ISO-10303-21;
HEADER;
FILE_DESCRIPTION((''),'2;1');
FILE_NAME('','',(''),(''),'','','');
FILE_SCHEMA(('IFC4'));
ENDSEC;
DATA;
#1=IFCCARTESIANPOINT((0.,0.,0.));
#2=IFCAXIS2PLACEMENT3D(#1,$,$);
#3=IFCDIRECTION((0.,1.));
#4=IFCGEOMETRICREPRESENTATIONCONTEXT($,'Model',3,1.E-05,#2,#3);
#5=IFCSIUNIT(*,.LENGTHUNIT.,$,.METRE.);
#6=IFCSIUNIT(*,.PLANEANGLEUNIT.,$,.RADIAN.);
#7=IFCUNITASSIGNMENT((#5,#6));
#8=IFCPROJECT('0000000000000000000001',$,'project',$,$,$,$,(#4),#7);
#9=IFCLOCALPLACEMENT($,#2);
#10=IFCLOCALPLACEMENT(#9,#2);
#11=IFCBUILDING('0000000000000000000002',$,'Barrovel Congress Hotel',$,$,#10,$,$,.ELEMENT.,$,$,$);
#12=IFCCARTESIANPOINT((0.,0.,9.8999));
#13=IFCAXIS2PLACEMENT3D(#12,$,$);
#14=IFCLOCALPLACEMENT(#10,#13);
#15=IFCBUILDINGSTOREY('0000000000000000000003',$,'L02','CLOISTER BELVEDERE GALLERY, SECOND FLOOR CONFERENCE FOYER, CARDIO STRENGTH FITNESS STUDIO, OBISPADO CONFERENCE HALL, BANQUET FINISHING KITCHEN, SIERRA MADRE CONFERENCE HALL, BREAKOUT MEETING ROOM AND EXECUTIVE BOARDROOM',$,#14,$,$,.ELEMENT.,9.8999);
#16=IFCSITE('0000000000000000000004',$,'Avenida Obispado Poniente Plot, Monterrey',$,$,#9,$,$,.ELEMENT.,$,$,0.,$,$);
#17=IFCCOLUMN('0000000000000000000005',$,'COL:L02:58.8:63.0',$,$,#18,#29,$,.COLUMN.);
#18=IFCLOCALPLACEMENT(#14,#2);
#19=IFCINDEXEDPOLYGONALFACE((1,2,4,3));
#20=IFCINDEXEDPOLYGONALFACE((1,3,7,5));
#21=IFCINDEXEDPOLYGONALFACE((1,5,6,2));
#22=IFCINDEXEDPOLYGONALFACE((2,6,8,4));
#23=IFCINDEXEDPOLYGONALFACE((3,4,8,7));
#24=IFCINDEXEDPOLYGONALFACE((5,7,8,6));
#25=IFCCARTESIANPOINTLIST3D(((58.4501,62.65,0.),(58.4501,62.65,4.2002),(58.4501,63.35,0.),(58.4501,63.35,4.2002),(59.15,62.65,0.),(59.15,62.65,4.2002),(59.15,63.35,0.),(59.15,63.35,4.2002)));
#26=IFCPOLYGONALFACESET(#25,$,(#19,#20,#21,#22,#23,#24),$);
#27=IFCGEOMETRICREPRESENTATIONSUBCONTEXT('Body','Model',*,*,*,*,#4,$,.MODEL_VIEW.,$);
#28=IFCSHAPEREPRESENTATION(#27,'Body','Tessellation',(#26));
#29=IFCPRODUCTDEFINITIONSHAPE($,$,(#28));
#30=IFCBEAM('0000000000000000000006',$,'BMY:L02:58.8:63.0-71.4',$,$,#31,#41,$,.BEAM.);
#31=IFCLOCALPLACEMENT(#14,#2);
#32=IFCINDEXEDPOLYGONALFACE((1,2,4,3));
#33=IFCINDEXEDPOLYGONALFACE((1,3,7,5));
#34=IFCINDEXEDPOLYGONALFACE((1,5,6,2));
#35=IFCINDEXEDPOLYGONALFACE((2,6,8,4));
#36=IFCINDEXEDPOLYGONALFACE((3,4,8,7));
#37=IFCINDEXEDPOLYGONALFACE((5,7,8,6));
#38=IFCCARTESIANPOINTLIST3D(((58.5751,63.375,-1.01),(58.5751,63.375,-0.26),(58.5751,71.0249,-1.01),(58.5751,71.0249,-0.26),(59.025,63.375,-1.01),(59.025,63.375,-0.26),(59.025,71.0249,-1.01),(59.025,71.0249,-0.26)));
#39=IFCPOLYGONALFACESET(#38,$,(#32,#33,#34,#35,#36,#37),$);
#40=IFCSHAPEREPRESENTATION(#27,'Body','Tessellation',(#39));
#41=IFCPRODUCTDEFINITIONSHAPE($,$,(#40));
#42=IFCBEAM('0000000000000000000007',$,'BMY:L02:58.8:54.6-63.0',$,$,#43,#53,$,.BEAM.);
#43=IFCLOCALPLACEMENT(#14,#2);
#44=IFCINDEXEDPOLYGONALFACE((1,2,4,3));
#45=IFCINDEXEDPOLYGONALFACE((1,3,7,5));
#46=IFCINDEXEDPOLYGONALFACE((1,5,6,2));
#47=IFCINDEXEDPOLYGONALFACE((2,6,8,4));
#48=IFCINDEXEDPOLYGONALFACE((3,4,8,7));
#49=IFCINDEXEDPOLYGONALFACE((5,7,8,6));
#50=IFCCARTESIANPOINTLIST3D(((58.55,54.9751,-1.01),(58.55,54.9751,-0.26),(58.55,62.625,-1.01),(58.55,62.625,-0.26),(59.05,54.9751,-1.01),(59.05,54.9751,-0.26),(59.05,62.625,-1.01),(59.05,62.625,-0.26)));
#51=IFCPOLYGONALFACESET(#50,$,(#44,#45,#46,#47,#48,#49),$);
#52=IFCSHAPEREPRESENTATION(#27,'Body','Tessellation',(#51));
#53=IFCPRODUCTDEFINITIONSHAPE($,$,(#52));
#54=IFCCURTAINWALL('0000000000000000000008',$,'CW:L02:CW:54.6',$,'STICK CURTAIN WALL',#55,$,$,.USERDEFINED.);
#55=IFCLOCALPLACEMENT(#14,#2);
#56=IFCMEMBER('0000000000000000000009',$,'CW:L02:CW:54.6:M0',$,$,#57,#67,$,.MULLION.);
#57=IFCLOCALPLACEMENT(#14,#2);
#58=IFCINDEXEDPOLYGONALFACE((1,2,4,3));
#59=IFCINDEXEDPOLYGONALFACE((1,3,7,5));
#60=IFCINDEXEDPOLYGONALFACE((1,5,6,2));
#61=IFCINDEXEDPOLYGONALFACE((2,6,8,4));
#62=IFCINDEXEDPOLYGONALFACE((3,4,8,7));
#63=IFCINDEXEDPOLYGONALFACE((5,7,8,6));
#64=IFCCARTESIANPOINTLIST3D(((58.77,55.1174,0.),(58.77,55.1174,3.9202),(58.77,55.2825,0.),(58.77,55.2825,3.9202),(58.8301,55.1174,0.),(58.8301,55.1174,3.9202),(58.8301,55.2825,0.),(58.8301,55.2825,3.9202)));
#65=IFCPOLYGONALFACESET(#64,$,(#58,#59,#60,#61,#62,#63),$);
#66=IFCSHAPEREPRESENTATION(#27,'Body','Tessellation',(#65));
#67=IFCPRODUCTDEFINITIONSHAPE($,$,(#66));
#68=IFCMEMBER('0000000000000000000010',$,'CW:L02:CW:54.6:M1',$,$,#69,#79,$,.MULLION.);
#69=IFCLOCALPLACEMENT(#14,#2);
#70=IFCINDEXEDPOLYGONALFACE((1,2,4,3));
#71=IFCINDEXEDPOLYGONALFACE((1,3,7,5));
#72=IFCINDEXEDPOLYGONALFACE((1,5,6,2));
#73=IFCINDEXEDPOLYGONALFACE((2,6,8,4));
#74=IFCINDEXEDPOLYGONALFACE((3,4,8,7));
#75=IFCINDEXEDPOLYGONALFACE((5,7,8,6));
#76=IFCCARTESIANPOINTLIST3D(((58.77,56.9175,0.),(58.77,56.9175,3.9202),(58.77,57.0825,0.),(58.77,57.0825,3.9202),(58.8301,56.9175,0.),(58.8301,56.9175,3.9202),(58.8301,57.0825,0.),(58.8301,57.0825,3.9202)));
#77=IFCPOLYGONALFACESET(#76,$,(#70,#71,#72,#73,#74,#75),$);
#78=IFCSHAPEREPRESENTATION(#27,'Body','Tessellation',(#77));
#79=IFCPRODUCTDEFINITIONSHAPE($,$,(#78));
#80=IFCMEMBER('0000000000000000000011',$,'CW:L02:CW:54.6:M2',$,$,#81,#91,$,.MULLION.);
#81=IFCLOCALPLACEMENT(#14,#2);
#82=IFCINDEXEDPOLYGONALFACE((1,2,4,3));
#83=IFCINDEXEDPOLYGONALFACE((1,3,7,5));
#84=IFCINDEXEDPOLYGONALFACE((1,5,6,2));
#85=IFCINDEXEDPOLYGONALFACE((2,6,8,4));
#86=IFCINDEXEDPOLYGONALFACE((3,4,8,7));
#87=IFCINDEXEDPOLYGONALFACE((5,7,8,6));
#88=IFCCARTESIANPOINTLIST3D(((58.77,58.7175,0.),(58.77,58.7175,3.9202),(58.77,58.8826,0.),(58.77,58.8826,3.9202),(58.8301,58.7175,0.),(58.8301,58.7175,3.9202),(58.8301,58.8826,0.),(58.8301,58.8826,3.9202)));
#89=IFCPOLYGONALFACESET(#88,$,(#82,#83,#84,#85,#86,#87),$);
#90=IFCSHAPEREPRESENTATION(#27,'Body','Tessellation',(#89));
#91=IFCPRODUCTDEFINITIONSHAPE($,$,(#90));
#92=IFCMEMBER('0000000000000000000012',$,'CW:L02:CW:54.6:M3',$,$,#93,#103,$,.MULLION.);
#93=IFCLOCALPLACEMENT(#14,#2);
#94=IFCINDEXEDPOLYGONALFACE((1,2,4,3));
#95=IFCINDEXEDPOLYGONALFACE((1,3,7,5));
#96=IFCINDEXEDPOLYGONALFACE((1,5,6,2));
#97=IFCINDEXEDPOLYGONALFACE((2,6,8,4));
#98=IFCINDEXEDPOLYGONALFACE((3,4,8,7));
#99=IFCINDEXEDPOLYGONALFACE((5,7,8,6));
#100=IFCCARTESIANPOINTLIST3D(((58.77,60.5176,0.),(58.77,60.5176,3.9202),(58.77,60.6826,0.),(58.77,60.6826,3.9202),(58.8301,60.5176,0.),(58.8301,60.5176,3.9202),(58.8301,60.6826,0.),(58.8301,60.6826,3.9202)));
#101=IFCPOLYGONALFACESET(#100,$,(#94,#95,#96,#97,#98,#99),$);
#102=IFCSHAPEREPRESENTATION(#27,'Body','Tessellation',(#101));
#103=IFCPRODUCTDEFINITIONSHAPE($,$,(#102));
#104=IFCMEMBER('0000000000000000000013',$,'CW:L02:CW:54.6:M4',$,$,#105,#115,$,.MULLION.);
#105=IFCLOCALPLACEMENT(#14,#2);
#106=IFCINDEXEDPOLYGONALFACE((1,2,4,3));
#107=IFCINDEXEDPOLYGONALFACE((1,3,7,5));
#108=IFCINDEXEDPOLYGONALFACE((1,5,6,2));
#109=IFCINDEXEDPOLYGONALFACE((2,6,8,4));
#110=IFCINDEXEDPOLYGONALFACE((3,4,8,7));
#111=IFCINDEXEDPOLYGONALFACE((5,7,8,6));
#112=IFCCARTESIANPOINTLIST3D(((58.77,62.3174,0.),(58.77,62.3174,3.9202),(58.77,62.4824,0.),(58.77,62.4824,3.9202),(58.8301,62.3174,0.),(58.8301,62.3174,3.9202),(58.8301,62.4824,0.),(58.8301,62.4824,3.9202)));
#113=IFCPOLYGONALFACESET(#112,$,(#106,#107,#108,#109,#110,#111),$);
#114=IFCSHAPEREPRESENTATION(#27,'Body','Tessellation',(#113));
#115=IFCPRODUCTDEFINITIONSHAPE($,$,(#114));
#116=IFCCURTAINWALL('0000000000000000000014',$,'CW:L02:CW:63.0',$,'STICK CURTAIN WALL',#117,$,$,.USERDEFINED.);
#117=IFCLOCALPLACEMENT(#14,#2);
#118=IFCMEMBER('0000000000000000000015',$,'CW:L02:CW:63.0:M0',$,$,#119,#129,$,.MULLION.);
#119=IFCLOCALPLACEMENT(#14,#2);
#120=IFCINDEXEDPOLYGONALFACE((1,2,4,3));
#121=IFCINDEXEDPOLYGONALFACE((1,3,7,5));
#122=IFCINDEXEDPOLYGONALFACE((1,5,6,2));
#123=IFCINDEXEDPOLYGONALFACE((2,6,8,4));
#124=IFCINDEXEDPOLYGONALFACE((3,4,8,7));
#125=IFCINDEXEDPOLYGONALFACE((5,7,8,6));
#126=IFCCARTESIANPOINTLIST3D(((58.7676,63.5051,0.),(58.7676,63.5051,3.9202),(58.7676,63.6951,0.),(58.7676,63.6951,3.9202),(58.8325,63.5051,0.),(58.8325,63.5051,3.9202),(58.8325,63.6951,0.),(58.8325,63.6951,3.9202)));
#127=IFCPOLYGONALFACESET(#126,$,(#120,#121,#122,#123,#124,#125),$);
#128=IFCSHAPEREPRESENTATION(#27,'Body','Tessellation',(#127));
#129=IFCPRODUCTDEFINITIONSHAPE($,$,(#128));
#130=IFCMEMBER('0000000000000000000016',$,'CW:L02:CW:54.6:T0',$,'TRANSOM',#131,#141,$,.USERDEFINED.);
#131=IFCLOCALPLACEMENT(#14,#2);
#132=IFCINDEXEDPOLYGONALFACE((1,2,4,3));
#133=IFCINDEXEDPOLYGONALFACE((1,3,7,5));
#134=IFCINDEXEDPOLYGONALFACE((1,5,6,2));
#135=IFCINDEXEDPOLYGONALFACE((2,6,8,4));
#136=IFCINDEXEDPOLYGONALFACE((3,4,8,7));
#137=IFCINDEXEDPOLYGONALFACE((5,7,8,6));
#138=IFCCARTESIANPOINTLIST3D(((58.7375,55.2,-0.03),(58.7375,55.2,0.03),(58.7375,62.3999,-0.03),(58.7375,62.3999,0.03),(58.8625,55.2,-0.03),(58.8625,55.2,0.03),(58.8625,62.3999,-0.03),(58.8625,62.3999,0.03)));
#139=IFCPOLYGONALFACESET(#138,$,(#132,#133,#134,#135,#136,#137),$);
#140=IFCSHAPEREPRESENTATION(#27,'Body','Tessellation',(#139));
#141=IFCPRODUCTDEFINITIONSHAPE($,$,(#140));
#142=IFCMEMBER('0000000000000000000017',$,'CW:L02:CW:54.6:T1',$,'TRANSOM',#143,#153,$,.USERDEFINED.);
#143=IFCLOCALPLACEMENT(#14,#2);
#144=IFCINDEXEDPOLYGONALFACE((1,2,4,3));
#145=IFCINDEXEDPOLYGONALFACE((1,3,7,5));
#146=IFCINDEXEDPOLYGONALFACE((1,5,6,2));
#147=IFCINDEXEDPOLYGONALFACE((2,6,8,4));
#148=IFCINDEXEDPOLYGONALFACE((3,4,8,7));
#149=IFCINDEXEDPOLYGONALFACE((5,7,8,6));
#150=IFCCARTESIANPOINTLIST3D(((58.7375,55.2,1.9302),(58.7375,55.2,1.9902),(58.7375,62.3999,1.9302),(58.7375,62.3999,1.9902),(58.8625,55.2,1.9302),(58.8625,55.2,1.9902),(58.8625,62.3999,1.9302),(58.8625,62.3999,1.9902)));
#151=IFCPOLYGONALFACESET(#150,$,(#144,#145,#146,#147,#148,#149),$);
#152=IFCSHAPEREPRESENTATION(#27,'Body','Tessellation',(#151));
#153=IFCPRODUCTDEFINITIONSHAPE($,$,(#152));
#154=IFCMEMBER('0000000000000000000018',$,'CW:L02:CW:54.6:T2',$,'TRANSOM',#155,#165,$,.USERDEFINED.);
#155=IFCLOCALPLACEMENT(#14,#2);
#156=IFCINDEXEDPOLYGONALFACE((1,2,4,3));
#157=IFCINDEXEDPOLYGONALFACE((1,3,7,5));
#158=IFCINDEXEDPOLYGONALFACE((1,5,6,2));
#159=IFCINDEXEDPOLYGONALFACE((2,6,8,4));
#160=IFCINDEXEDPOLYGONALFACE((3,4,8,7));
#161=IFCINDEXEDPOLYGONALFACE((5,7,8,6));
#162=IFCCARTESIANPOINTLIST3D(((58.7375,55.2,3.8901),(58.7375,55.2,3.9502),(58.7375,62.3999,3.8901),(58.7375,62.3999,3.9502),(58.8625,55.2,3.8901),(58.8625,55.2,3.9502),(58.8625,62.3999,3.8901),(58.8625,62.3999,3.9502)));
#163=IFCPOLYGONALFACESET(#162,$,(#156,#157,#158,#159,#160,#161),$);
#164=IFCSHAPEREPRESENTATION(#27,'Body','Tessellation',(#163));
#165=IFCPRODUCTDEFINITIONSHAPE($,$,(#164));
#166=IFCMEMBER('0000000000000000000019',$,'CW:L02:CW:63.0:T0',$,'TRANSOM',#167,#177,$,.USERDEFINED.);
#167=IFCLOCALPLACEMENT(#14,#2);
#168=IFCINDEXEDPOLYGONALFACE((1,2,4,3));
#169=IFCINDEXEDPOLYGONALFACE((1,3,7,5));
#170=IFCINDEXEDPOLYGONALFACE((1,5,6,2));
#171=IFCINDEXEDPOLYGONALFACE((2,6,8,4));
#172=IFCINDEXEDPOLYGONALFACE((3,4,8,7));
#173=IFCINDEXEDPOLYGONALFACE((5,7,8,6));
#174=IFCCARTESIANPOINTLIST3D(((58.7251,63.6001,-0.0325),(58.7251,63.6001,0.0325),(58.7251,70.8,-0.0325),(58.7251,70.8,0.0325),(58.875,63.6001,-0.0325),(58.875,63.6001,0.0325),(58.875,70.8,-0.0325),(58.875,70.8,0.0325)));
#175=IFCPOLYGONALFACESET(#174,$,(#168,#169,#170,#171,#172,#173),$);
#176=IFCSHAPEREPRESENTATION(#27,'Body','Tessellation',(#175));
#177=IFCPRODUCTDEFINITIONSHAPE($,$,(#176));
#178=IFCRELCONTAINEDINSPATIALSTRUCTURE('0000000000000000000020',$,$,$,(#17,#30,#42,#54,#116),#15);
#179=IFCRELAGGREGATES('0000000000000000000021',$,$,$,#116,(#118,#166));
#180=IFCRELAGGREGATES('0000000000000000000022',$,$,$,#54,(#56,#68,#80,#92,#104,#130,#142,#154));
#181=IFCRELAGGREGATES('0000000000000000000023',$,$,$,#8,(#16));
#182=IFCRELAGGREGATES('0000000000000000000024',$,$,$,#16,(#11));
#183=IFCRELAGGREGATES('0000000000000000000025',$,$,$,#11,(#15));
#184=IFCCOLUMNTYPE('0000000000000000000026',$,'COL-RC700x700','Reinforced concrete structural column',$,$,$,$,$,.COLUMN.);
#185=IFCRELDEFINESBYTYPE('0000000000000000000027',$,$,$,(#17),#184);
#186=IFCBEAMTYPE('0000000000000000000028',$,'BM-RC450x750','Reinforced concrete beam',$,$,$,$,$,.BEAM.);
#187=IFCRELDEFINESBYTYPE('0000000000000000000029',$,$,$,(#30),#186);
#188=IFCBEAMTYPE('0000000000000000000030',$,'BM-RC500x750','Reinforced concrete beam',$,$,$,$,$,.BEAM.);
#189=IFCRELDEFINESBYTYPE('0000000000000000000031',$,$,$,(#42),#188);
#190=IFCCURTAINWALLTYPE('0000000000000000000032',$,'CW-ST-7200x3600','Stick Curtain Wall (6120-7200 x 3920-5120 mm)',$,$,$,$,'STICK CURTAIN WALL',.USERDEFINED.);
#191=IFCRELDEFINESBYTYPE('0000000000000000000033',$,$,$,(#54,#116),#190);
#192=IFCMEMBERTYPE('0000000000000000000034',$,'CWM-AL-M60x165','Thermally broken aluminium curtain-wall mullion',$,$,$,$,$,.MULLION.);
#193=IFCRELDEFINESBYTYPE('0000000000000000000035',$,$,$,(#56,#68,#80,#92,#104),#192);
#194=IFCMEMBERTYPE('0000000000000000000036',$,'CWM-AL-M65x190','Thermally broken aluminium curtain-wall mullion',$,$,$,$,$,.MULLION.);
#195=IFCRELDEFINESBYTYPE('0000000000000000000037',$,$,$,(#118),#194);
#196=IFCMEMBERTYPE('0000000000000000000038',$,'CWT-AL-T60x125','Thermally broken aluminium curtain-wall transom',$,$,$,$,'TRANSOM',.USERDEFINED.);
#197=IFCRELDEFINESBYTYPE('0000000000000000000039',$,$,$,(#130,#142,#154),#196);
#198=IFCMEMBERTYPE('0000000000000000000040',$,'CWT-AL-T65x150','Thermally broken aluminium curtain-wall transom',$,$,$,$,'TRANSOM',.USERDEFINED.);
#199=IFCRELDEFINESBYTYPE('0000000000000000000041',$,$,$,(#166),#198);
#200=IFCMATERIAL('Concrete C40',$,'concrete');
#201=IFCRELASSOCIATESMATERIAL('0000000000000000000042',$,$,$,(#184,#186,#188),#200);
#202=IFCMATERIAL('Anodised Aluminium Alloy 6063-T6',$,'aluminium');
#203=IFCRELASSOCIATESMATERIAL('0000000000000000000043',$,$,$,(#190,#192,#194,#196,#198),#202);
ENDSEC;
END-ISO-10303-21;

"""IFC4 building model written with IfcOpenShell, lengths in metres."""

from ifc_helpers import new_model, si_unit, direction, frame, origin, origin_2d, place, context, subcontext, project, spatial, rectangle, extrude, material, material_profile, profile_set, type_object, element, aggregate, save


model = new_model("IFC4")

# Units and contexts
model_context = context("Model", 3, precision=1e-05, world=origin(), true_north=direction((0.0, 1.0)))
body_context = subcontext(model_context, "Body", "Model", "MODEL_VIEW")
ifc_project = project(units=[si_unit("LENGTHUNIT", "METRE"), si_unit("PLANEANGLEUNIT", "RADIAN")], contexts=[model_context])

# Site, building, storey
site_placement = place(None, origin())
site = spatial("IfcSite", under=ifc_project, at=site_placement, Name="Avenida Obispado Poniente Plot, Monterrey", CompositionType="ELEMENT", RefElevation=0.0)
building_placement = place(site_placement, origin())
building = spatial("IfcBuilding", under=site, at=building_placement, Name="Barrovel Congress Hotel", CompositionType="ELEMENT")
storey_placement = place(building_placement, frame((0.0, 0.0, 9.8999)))
storey = spatial("IfcBuildingStorey", under=building, at=storey_placement, Name="L02", Description="CLOISTER BELVEDERE GALLERY, SECOND FLOOR CONFERENCE FOYER, CARDIO STRENGTH FITNESS STUDIO, OBISPADO CONFERENCE HALL, BANQUET FINISHING KITCHEN, SIERRA MADRE CONFERENCE HALL, BREAKOUT MEETING ROOM AND EXECUTIVE BOARDROOM", CompositionType="ELEMENT", Elevation=9.8999)

# Column
ifc_material_1 = material(Name="Concrete C40", Category="concrete")
ifc_material_profile_1 = material_profile(ifc_material_1, rectangle(XDim=0.7, YDim=0.7, at=origin_2d()), Name="RC700x700")
ifc_profile_set_1 = profile_set([ifc_material_profile_1], Name="Concrete C40")
column_type = type_object("IfcColumnType", Name="COL-RC700x700", Description="Reinforced concrete structural column", PredefinedType="COLUMN", material=ifc_profile_set_1)
column_placement = place(storey_placement, frame((58.8, 63.0, 0.0), z_axis=(0.0, 0.0, 1.0), x_axis=(1.0, 0.0, 0.0)))
element("IfcColumn", 1, at=column_placement, inside=storey, type_object=column_type, Name="COL:L02:58.8:63.0", PredefinedType="COLUMN", context=body_context, shape_type="SweptSolid", body=[
    extrude(rectangle(XDim=0.7, YDim=0.7, at=origin_2d()), origin(), (0.0, 0.0, 1.0), 4.2002),
])

# Beams
ifc_material_profile_2 = material_profile(ifc_material_1, rectangle(XDim=0.45, YDim=0.75, at=origin_2d()), Name="RC450x750")
ifc_profile_set_2 = profile_set([ifc_material_profile_2], Name="Concrete C40")
beam_type_1 = type_object("IfcBeamType", Name="BM-RC450x750", Description="Reinforced concrete beam", PredefinedType="BEAM", material=ifc_profile_set_2)
beam_1_placement = place(storey_placement, frame((58.8, 63.375, -0.635), z_axis=(0.0, 1.0, 0.0), x_axis=(-1.0, 0.0, 0.0)))
element("IfcBeam", 2, at=beam_1_placement, inside=storey, type_object=beam_type_1, Name="BMY:L02:58.8:63.0-71.4", PredefinedType="BEAM", context=body_context, shape_type="SweptSolid", body=[
    extrude(rectangle(XDim=0.45, YDim=0.75, at=origin_2d()), origin(), (0.0, 0.0, 1.0), 7.6499),
])
ifc_material_profile_3 = material_profile(ifc_material_1, rectangle(XDim=0.5, YDim=0.75, at=origin_2d()), Name="RC500x750")
ifc_profile_set_3 = profile_set([ifc_material_profile_3], Name="Concrete C40")
beam_type_2 = type_object("IfcBeamType", Name="BM-RC500x750", Description="Reinforced concrete beam", PredefinedType="BEAM", material=ifc_profile_set_3)
beam_2_placement = place(storey_placement, frame((58.8, 54.9751, -0.635), z_axis=(0.0, 1.0, 0.0), x_axis=(-1.0, 0.0, 0.0)))
element("IfcBeam", 3, at=beam_2_placement, inside=storey, type_object=beam_type_2, Name="BMY:L02:58.8:54.6-63.0", PredefinedType="BEAM", context=body_context, shape_type="SweptSolid", body=[
    extrude(rectangle(XDim=0.5, YDim=0.75, at=origin_2d()), origin(), (0.0, 0.0, 1.0), 7.6499),
])

# Curtain wall, members
ifc_material_2 = material(Name="Anodised Aluminium Alloy 6063-T6", Category="aluminium")
curtain_wall_type = type_object("IfcCurtainWallType", Name="CW-ST-7200x3600", Description="Stick Curtain Wall (6120-7200 x 3920-5120 mm)", ElementType="STICK CURTAIN WALL", PredefinedType="USERDEFINED", material=ifc_material_2)
curtain_wall_1_placement = place(storey_placement, origin())
curtain_wall_1 = element("IfcCurtainWall", 4, at=curtain_wall_1_placement, inside=storey, type_object=curtain_wall_type, Name="CW:L02:CW:54.6", ObjectType="STICK CURTAIN WALL", PredefinedType="USERDEFINED")
ifc_material_profile_4 = material_profile(ifc_material_2, rectangle(XDim=0.0601, YDim=0.165, at=origin_2d()), Name="AL-M60x165")
ifc_profile_set_4 = profile_set([ifc_material_profile_4], Name="Anodised Aluminium Alloy 6063-T6")
member_type_1 = type_object("IfcMemberType", Name="CWM-AL-M60x165", Description="Thermally broken aluminium curtain-wall mullion", PredefinedType="MULLION", material=ifc_profile_set_4)
member_1_placement = place(storey_placement, frame((58.8, 55.2, 0.0), z_axis=(0.0, 0.0, 1.0), x_axis=(1.0, 0.0, 0.0)))
member_1 = element("IfcMember", 5, at=member_1_placement, type_object=member_type_1, Name="CW:L02:CW:54.6:M0", PredefinedType="MULLION", context=body_context, shape_type="SweptSolid", body=[
    extrude(rectangle(XDim=0.0601, YDim=0.165, at=origin_2d()), origin(), (0.0, 0.0, 1.0), 3.9202),
])
member_2_placement = place(storey_placement, frame((58.8, 57.0, 0.0), z_axis=(0.0, 0.0, 1.0), x_axis=(1.0, 0.0, 0.0)))
member_2 = element("IfcMember", 6, at=member_2_placement, type_object=member_type_1, Name="CW:L02:CW:54.6:M1", PredefinedType="MULLION", context=body_context, shape_type="SweptSolid", body=[
    extrude(rectangle(XDim=0.0601, YDim=0.165, at=origin_2d()), origin(), (0.0, 0.0, 1.0), 3.9202),
])
member_3_placement = place(storey_placement, frame((58.8, 58.8, 0.0), z_axis=(0.0, 0.0, 1.0), x_axis=(1.0, 0.0, 0.0)))
member_3 = element("IfcMember", 7, at=member_3_placement, type_object=member_type_1, Name="CW:L02:CW:54.6:M2", PredefinedType="MULLION", context=body_context, shape_type="SweptSolid", body=[
    extrude(rectangle(XDim=0.0601, YDim=0.165, at=origin_2d()), origin(), (0.0, 0.0, 1.0), 3.9202),
])
member_4_placement = place(storey_placement, frame((58.8, 60.6001, 0.0), z_axis=(0.0, 0.0, 1.0), x_axis=(1.0, 0.0, 0.0)))
member_4 = element("IfcMember", 8, at=member_4_placement, type_object=member_type_1, Name="CW:L02:CW:54.6:M3", PredefinedType="MULLION", context=body_context, shape_type="SweptSolid", body=[
    extrude(rectangle(XDim=0.0601, YDim=0.165, at=origin_2d()), origin(), (0.0, 0.0, 1.0), 3.9202),
])
member_5_placement = place(storey_placement, frame((58.8, 62.3999, 0.0), z_axis=(0.0, 0.0, 1.0), x_axis=(1.0, 0.0, 0.0)))
member_5 = element("IfcMember", 9, at=member_5_placement, type_object=member_type_1, Name="CW:L02:CW:54.6:M4", PredefinedType="MULLION", context=body_context, shape_type="SweptSolid", body=[
    extrude(rectangle(XDim=0.0601, YDim=0.165, at=origin_2d()), origin(), (0.0, 0.0, 1.0), 3.9202),
])

# Curtain wall, member
curtain_wall_2_placement = place(storey_placement, origin())
curtain_wall_2 = element("IfcCurtainWall", 10, at=curtain_wall_2_placement, inside=storey, type_object=curtain_wall_type, Name="CW:L02:CW:63.0", ObjectType="STICK CURTAIN WALL", PredefinedType="USERDEFINED")
ifc_material_profile_5 = material_profile(ifc_material_2, rectangle(XDim=0.0649, YDim=0.1899, at=origin_2d()), Name="AL-M65x190")
ifc_profile_set_5 = profile_set([ifc_material_profile_5], Name="Anodised Aluminium Alloy 6063-T6")
member_type_2 = type_object("IfcMemberType", Name="CWM-AL-M65x190", Description="Thermally broken aluminium curtain-wall mullion", PredefinedType="MULLION", material=ifc_profile_set_5)
member_6_placement = place(storey_placement, frame((58.8, 63.6001, 0.0), z_axis=(0.0, 0.0, 1.0), x_axis=(1.0, 0.0, 0.0)))
member_6 = element("IfcMember", 11, at=member_6_placement, type_object=member_type_2, Name="CW:L02:CW:63.0:M0", PredefinedType="MULLION", context=body_context, shape_type="SweptSolid", body=[
    extrude(rectangle(XDim=0.0649, YDim=0.1899, at=origin_2d()), origin(), (0.0, 0.0, 1.0), 3.9202),
])

# Members
ifc_material_profile_6 = material_profile(ifc_material_2, rectangle(XDim=0.125, YDim=0.0601, at=origin_2d()), Name="AL-T60x125")
ifc_profile_set_6 = profile_set([ifc_material_profile_6], Name="Anodised Aluminium Alloy 6063-T6")
member_type_3 = type_object("IfcMemberType", Name="CWT-AL-T60x125", Description="Thermally broken aluminium curtain-wall transom", ElementType="TRANSOM", PredefinedType="USERDEFINED", material=ifc_profile_set_6)
member_7_placement = place(storey_placement, frame((58.8, 55.2, 0.0), z_axis=(0.0, 1.0, 0.0), x_axis=(-1.0, 0.0, 0.0)))
member_7 = element("IfcMember", 12, at=member_7_placement, type_object=member_type_3, Name="CW:L02:CW:54.6:T0", ObjectType="TRANSOM", PredefinedType="USERDEFINED", context=body_context, shape_type="SweptSolid", body=[
    extrude(rectangle(XDim=0.125, YDim=0.0601, at=origin_2d()), origin(), (0.0, 0.0, 1.0), 7.2),
])
member_8_placement = place(storey_placement, frame((58.8, 55.2, 1.9602), z_axis=(0.0, 1.0, 0.0), x_axis=(-1.0, 0.0, 0.0)))
member_8 = element("IfcMember", 13, at=member_8_placement, type_object=member_type_3, Name="CW:L02:CW:54.6:T1", ObjectType="TRANSOM", PredefinedType="USERDEFINED", context=body_context, shape_type="SweptSolid", body=[
    extrude(rectangle(XDim=0.125, YDim=0.0601, at=origin_2d()), origin(), (0.0, 0.0, 1.0), 7.2),
])
member_9_placement = place(storey_placement, frame((58.8, 55.2, 3.9202), z_axis=(0.0, 1.0, 0.0), x_axis=(-1.0, 0.0, 0.0)))
member_9 = element("IfcMember", 14, at=member_9_placement, type_object=member_type_3, Name="CW:L02:CW:54.6:T2", ObjectType="TRANSOM", PredefinedType="USERDEFINED", context=body_context, shape_type="SweptSolid", body=[
    extrude(rectangle(XDim=0.125, YDim=0.0601, at=origin_2d()), origin(), (0.0, 0.0, 1.0), 7.2),
])
ifc_material_profile_7 = material_profile(ifc_material_2, rectangle(XDim=0.1499, YDim=0.0649, at=origin_2d()), Name="AL-T65x150")
ifc_profile_set_7 = profile_set([ifc_material_profile_7], Name="Anodised Aluminium Alloy 6063-T6")
member_type_4 = type_object("IfcMemberType", Name="CWT-AL-T65x150", Description="Thermally broken aluminium curtain-wall transom", ElementType="TRANSOM", PredefinedType="USERDEFINED", material=ifc_profile_set_7)
member_10_placement = place(storey_placement, frame((58.8, 63.6001, 0.0), z_axis=(0.0, 1.0, 0.0), x_axis=(-1.0, 0.0, 0.0)))
member_10 = element("IfcMember", 15, at=member_10_placement, type_object=member_type_4, Name="CW:L02:CW:63.0:T0", ObjectType="TRANSOM", PredefinedType="USERDEFINED", context=body_context, shape_type="SweptSolid", body=[
    extrude(rectangle(XDim=0.1499, YDim=0.0649, at=origin_2d()), origin(), (0.0, 0.0, 1.0), 7.2),
])
aggregate(curtain_wall_2, [member_6, member_10])

aggregate(curtain_wall_1, [member_1, member_2, member_3, member_4, member_5, member_7, member_8, member_9])

save(model, "model.ifc")
